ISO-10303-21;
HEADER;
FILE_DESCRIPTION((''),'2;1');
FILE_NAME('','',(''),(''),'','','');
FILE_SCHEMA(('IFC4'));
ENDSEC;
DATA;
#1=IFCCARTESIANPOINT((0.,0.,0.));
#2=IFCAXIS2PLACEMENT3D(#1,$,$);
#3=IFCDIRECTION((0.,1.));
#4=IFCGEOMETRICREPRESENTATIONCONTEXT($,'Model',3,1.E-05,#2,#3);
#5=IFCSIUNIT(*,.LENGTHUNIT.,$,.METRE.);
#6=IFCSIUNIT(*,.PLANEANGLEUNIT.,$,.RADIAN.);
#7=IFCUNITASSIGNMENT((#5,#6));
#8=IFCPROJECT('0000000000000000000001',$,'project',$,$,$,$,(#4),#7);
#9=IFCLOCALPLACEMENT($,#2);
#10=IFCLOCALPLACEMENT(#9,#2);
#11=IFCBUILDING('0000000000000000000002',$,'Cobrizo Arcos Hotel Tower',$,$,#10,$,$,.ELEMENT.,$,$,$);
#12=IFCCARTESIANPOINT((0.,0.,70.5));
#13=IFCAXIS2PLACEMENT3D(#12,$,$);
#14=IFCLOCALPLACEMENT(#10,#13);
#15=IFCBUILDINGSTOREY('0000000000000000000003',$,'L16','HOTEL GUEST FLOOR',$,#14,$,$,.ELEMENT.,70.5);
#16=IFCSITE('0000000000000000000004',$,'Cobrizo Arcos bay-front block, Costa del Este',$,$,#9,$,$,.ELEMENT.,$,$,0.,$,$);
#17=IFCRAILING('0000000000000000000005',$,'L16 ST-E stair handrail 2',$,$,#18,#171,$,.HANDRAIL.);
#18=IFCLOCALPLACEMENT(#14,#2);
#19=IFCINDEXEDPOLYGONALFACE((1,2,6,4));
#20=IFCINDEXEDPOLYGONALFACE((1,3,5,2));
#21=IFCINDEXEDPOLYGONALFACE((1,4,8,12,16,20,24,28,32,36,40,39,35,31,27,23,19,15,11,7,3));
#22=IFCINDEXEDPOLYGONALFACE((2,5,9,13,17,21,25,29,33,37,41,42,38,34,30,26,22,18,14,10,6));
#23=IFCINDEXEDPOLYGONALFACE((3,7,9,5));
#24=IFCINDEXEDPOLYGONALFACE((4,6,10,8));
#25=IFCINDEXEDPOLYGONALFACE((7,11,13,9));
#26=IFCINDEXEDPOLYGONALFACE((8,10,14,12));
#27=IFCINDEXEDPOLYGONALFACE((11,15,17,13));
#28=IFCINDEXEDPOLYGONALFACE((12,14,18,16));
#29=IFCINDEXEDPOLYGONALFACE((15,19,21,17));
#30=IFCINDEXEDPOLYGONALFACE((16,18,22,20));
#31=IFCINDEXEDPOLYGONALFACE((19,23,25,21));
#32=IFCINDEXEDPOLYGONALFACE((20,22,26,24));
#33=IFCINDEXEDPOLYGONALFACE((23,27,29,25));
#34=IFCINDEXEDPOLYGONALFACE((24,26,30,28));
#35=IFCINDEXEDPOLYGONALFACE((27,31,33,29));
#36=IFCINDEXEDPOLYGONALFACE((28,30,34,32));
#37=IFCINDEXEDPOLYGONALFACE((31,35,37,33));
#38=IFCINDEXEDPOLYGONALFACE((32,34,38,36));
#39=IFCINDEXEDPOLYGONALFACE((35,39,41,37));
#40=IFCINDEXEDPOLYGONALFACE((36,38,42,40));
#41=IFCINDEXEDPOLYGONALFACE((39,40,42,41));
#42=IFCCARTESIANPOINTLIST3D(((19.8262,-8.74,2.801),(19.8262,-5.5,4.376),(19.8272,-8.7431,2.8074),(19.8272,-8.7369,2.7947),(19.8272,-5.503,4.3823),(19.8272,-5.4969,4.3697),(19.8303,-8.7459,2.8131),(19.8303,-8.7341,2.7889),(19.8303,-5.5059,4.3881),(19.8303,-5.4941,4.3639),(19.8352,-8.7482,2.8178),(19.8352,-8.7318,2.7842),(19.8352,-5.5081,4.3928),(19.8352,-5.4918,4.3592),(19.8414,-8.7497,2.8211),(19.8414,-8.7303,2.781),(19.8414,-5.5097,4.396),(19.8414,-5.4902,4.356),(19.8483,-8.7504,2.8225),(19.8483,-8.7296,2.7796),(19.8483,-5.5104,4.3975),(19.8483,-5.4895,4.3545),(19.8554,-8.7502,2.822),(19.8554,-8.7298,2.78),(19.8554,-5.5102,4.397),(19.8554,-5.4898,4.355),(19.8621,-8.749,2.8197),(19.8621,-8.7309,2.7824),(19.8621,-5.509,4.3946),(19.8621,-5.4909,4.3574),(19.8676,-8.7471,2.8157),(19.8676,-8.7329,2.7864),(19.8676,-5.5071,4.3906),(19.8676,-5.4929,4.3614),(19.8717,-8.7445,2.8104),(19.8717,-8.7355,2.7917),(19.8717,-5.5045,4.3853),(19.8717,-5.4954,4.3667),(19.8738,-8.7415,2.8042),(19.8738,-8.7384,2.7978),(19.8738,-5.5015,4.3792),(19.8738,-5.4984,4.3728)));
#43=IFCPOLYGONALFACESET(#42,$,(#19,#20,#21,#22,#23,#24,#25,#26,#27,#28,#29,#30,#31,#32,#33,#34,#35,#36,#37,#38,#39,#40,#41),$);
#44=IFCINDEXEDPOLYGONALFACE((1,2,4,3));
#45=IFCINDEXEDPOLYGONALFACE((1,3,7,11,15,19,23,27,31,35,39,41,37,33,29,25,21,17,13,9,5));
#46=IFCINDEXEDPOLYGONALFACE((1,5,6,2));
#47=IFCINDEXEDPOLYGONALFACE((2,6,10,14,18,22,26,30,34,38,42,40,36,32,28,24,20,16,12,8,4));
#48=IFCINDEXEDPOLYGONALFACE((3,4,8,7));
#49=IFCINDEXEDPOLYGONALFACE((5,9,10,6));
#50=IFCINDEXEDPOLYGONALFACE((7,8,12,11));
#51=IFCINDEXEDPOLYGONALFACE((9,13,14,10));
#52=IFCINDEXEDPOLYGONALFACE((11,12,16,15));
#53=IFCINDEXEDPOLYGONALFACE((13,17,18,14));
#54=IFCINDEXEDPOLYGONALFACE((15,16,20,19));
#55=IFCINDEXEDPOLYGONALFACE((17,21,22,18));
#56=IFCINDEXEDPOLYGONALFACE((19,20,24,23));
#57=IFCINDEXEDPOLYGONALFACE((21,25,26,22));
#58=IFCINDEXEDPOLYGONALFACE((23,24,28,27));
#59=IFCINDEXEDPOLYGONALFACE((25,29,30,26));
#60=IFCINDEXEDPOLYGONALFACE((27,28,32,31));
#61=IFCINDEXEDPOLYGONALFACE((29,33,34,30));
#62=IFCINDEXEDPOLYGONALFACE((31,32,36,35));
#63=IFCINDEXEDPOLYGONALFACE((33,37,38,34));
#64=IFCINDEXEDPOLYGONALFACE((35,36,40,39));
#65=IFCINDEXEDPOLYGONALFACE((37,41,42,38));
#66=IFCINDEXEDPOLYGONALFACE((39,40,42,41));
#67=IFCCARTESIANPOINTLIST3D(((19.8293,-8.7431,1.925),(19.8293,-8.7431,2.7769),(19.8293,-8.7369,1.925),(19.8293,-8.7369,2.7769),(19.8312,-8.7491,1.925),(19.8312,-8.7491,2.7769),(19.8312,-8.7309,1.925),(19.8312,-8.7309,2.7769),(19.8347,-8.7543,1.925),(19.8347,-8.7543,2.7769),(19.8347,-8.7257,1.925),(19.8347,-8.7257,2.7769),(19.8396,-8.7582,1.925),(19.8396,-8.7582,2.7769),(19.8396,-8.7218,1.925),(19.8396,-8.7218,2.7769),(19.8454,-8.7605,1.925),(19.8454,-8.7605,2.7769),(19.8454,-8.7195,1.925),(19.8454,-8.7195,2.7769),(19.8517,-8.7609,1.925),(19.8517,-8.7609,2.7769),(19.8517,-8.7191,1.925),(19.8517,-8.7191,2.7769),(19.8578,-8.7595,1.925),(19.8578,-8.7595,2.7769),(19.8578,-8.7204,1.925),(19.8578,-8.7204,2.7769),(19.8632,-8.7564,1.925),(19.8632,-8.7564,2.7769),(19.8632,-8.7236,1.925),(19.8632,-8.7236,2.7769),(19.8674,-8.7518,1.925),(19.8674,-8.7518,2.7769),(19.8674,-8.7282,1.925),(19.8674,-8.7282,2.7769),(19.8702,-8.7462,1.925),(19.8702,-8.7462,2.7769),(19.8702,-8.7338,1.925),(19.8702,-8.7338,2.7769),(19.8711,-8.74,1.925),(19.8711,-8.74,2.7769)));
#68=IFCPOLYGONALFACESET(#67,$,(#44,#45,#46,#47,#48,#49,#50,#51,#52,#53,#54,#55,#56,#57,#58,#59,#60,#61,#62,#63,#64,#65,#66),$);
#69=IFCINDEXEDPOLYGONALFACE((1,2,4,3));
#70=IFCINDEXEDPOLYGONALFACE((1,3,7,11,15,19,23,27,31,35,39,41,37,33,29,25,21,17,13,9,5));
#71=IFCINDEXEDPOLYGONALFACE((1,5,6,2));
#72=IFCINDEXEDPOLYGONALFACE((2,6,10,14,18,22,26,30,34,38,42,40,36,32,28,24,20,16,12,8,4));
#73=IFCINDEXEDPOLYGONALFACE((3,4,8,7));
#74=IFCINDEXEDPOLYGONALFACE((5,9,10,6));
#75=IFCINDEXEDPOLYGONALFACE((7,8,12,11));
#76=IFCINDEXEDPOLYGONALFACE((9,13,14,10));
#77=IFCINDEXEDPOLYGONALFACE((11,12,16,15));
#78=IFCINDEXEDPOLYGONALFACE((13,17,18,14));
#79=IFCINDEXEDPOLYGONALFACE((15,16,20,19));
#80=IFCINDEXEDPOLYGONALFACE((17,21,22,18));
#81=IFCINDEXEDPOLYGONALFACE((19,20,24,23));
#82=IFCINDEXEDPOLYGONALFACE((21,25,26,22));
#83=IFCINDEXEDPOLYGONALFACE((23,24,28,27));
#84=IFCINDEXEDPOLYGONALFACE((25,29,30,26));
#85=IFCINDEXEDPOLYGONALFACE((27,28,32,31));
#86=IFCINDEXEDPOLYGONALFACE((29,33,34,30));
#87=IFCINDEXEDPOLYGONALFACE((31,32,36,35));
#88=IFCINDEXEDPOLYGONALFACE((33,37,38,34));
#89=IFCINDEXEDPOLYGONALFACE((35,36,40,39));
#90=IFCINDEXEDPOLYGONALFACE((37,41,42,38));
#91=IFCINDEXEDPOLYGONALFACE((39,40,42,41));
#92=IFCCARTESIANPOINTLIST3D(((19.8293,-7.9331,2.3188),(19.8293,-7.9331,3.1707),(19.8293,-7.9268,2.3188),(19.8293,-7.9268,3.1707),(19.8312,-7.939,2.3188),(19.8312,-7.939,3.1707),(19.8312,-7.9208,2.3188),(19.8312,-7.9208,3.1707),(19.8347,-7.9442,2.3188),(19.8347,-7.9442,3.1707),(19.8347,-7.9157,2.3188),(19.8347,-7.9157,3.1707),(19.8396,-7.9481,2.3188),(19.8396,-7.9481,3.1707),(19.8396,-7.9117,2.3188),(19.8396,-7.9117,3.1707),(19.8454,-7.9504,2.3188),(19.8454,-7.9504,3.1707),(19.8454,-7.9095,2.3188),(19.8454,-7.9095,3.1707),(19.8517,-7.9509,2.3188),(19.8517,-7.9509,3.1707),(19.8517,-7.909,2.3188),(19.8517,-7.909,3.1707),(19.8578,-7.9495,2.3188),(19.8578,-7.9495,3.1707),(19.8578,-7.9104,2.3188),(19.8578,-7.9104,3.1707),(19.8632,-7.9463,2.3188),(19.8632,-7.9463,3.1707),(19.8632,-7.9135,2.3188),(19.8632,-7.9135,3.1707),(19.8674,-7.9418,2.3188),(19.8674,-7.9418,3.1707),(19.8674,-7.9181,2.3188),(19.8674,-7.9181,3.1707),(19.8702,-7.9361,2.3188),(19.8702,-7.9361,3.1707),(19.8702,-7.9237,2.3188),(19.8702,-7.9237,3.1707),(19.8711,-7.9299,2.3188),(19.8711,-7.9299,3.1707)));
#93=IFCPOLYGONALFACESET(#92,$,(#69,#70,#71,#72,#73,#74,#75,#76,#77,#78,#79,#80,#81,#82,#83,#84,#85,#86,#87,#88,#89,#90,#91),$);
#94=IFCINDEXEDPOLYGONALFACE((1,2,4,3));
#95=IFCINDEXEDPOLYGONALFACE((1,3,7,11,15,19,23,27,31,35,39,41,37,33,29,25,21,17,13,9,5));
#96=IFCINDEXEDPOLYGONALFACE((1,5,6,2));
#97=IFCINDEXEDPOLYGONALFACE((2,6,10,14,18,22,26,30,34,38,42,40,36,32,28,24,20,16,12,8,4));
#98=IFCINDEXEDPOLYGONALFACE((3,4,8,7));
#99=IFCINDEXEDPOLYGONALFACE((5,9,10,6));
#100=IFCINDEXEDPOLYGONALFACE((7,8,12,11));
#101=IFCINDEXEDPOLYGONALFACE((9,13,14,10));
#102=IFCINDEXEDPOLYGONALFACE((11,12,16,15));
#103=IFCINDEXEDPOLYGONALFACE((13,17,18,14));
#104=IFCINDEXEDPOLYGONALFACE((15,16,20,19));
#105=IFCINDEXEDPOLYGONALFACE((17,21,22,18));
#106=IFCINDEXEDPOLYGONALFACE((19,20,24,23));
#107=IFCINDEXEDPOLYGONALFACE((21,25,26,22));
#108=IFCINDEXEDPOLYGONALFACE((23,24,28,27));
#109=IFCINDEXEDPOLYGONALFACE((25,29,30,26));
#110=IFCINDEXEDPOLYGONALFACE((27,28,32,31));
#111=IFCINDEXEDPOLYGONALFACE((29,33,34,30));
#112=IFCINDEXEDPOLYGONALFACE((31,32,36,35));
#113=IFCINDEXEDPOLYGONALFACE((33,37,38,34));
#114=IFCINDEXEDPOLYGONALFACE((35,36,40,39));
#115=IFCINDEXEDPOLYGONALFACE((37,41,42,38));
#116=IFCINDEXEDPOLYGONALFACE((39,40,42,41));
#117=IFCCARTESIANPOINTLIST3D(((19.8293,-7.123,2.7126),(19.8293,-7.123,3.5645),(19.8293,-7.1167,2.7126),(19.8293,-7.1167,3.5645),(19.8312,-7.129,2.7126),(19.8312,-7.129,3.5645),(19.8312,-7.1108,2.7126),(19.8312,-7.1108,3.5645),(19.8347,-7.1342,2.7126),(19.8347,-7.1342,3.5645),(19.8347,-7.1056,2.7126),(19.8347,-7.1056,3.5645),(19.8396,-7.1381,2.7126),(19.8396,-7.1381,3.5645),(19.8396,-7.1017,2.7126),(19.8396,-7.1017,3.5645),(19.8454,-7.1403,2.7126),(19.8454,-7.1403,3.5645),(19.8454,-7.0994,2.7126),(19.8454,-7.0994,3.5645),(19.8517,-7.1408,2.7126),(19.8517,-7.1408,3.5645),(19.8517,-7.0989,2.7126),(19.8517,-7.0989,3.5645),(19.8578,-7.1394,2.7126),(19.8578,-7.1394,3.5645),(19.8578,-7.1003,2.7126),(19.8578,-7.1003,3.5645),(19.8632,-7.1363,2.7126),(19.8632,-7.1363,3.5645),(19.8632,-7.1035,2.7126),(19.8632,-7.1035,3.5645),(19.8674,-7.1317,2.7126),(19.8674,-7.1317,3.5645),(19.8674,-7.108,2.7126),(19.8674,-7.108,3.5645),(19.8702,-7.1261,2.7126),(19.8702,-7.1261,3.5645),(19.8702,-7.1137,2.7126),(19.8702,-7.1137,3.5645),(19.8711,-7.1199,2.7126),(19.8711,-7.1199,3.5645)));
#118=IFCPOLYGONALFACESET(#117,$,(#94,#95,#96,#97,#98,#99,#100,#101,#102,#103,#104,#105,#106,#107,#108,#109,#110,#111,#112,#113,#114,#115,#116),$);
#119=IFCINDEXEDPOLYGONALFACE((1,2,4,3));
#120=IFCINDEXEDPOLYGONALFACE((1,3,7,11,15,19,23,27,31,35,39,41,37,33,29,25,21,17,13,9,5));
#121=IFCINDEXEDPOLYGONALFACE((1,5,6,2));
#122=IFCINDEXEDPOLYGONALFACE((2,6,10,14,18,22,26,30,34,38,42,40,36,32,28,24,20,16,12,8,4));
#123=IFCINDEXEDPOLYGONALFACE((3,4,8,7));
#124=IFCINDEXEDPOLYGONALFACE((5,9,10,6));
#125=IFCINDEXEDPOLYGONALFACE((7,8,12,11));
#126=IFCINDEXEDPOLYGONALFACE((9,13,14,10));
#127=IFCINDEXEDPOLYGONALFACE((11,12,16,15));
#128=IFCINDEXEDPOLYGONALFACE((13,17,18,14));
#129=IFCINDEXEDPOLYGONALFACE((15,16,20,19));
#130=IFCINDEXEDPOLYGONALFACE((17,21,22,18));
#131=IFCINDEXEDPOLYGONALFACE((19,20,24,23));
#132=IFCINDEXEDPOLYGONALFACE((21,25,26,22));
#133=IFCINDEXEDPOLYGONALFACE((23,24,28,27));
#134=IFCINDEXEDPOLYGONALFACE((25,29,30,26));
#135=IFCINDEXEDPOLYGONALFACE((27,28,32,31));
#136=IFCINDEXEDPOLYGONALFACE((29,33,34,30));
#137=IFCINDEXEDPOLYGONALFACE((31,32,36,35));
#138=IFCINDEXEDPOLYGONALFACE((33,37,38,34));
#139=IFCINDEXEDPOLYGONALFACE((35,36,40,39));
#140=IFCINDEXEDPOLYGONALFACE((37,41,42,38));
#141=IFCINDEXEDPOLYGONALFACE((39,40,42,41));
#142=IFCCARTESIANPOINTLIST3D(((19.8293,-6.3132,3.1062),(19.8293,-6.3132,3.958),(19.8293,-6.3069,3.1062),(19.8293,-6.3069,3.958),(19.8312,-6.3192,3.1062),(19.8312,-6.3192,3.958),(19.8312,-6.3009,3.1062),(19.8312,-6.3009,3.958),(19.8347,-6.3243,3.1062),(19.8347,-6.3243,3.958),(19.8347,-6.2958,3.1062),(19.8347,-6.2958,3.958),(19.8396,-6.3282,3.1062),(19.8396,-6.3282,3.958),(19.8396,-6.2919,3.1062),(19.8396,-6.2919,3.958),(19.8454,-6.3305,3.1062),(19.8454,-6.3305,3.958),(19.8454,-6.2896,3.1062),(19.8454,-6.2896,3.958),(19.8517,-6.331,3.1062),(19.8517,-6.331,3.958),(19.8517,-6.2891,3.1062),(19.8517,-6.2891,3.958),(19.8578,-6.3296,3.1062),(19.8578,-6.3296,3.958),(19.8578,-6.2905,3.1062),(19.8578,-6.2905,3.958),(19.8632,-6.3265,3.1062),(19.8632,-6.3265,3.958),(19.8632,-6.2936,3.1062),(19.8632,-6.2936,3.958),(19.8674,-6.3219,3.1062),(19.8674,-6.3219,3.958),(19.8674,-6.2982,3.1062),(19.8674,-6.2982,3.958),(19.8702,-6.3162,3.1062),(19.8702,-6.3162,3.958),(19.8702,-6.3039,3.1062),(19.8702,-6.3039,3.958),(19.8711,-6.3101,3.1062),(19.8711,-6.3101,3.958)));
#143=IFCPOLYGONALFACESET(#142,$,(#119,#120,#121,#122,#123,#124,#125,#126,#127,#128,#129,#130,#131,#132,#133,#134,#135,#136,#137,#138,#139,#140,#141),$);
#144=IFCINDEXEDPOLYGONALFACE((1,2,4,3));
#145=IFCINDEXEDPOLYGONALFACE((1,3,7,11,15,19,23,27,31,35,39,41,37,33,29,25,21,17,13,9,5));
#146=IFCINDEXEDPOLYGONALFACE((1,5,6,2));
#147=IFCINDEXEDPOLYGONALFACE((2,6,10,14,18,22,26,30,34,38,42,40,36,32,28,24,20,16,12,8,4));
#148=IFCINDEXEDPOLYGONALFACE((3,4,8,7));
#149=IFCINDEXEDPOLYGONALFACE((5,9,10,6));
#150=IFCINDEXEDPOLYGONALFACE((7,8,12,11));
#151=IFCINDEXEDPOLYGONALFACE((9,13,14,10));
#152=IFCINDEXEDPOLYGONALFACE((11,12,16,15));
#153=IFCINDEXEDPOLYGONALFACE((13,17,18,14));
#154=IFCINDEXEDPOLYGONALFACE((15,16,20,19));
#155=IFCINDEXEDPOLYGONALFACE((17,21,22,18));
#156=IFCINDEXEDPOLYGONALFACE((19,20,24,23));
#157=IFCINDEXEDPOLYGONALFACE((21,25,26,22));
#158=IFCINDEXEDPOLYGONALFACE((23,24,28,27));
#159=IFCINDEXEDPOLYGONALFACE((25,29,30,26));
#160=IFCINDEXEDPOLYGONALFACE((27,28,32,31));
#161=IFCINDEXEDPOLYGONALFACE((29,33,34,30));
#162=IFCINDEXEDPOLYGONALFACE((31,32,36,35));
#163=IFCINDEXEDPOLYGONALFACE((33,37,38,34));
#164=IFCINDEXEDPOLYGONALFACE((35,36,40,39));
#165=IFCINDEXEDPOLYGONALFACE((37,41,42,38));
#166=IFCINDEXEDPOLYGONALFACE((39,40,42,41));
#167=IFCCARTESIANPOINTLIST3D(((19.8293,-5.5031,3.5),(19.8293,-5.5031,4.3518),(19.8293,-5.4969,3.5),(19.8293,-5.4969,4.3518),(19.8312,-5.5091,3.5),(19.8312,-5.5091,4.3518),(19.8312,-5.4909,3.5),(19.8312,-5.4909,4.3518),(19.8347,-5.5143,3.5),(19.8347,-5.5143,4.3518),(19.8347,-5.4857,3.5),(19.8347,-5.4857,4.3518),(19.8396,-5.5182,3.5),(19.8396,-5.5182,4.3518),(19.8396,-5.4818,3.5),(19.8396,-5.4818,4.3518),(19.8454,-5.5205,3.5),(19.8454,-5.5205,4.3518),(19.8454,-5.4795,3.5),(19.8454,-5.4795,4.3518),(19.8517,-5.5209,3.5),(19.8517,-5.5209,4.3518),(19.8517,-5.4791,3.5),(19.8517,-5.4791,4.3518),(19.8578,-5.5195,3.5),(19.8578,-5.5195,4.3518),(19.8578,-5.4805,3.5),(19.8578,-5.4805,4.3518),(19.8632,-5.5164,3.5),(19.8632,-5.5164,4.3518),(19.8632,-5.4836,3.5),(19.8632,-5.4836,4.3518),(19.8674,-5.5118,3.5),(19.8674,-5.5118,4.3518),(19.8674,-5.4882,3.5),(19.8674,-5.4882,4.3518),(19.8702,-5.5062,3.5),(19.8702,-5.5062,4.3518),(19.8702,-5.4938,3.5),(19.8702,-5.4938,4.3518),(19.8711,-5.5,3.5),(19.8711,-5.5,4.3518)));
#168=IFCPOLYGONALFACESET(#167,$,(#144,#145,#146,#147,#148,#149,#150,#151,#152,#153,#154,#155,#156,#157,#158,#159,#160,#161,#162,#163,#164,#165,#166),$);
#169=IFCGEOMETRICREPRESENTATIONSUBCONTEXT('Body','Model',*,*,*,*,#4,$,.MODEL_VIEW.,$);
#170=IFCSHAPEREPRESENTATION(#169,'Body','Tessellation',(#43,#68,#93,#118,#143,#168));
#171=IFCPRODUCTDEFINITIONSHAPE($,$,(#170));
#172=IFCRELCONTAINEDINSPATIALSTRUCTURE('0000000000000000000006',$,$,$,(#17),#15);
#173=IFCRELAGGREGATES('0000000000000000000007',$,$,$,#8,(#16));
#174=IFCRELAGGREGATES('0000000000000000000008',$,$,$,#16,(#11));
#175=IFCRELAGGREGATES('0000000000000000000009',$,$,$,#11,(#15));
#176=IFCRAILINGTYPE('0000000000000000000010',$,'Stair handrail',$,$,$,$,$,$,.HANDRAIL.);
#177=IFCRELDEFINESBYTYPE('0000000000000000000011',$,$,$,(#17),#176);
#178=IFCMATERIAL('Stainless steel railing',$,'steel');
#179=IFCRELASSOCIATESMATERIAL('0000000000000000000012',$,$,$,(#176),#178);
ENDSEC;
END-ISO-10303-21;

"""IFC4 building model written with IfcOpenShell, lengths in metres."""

from ifc_helpers import new_model, si_unit, direction, frame, origin, origin_2d, place, context, subcontext, project, spatial, circle, extrude, material, type_object, element, save


model = new_model("IFC4")

# Units and contexts
model_context = context("Model", 3, precision=1e-05, world=origin(), true_north=direction((0.0, 1.0)))
body_context = subcontext(model_context, "Body", "Model", "MODEL_VIEW")
ifc_project = project(units=[si_unit("LENGTHUNIT", "METRE"), si_unit("PLANEANGLEUNIT", "RADIAN")], contexts=[model_context])

# Site, building, storey
site_placement = place(None, origin())
site = spatial("IfcSite", under=ifc_project, at=site_placement, Name="Cobrizo Arcos bay-front block, Costa del Este", CompositionType="ELEMENT", RefElevation=0.0)
building_placement = place(site_placement, origin())
building = spatial("IfcBuilding", under=site, at=building_placement, Name="Cobrizo Arcos Hotel Tower", CompositionType="ELEMENT")
storey_placement = place(building_placement, frame((0.0, 0.0, 70.5)))
storey = spatial("IfcBuildingStorey", under=building, at=storey_placement, Name="L16", Description="HOTEL GUEST FLOOR", CompositionType="ELEMENT", Elevation=70.5)

# Railing
ifc_material_1 = material(Name="Stainless steel railing", Category="steel")
railing_type_1 = type_object("IfcRailingType", Name="Stair handrail", PredefinedType="HANDRAIL", material=ifc_material_1)
railing_1_placement = place(storey_placement, frame((19.8501, -8.74, 1.925)))
element("IfcRailing", 1, at=railing_1_placement, inside=storey, type_object=railing_type_1, Name="L16 ST-E stair handrail 2", PredefinedType="HANDRAIL", context=body_context, shape_type="SweptSolid", body=[
    extrude(circle(Radius=0.0239, at=origin_2d()), frame((0.0, 0.0, 0.876), z_axis=(0.0, 0.899373, 0.437183), x_axis=(-1.0, 0.0, 0.0)), (0.0, 0.0, 1.0), 3.6025),
    extrude(circle(Radius=0.021, at=origin_2d()), origin(), (0.0, 0.0, 1.0), 0.8518),
    extrude(circle(Radius=0.021, at=origin_2d()), frame((0.0, 0.8101, 0.3938)), (0.0, 0.0, 1.0), 0.8518),
    extrude(circle(Radius=0.021, at=origin_2d()), frame((0.0, 1.6201, 0.7876)), (0.0, 0.0, 1.0), 0.8518),
    extrude(circle(Radius=0.021, at=origin_2d()), frame((0.0, 2.4299, 1.1812)), (0.0, 0.0, 1.0), 0.8518),
    extrude(circle(Radius=0.021, at=origin_2d()), frame((0.0, 3.24, 1.575)), (0.0, 0.0, 1.0), 0.8518),
])

save(model, "model.ifc")
